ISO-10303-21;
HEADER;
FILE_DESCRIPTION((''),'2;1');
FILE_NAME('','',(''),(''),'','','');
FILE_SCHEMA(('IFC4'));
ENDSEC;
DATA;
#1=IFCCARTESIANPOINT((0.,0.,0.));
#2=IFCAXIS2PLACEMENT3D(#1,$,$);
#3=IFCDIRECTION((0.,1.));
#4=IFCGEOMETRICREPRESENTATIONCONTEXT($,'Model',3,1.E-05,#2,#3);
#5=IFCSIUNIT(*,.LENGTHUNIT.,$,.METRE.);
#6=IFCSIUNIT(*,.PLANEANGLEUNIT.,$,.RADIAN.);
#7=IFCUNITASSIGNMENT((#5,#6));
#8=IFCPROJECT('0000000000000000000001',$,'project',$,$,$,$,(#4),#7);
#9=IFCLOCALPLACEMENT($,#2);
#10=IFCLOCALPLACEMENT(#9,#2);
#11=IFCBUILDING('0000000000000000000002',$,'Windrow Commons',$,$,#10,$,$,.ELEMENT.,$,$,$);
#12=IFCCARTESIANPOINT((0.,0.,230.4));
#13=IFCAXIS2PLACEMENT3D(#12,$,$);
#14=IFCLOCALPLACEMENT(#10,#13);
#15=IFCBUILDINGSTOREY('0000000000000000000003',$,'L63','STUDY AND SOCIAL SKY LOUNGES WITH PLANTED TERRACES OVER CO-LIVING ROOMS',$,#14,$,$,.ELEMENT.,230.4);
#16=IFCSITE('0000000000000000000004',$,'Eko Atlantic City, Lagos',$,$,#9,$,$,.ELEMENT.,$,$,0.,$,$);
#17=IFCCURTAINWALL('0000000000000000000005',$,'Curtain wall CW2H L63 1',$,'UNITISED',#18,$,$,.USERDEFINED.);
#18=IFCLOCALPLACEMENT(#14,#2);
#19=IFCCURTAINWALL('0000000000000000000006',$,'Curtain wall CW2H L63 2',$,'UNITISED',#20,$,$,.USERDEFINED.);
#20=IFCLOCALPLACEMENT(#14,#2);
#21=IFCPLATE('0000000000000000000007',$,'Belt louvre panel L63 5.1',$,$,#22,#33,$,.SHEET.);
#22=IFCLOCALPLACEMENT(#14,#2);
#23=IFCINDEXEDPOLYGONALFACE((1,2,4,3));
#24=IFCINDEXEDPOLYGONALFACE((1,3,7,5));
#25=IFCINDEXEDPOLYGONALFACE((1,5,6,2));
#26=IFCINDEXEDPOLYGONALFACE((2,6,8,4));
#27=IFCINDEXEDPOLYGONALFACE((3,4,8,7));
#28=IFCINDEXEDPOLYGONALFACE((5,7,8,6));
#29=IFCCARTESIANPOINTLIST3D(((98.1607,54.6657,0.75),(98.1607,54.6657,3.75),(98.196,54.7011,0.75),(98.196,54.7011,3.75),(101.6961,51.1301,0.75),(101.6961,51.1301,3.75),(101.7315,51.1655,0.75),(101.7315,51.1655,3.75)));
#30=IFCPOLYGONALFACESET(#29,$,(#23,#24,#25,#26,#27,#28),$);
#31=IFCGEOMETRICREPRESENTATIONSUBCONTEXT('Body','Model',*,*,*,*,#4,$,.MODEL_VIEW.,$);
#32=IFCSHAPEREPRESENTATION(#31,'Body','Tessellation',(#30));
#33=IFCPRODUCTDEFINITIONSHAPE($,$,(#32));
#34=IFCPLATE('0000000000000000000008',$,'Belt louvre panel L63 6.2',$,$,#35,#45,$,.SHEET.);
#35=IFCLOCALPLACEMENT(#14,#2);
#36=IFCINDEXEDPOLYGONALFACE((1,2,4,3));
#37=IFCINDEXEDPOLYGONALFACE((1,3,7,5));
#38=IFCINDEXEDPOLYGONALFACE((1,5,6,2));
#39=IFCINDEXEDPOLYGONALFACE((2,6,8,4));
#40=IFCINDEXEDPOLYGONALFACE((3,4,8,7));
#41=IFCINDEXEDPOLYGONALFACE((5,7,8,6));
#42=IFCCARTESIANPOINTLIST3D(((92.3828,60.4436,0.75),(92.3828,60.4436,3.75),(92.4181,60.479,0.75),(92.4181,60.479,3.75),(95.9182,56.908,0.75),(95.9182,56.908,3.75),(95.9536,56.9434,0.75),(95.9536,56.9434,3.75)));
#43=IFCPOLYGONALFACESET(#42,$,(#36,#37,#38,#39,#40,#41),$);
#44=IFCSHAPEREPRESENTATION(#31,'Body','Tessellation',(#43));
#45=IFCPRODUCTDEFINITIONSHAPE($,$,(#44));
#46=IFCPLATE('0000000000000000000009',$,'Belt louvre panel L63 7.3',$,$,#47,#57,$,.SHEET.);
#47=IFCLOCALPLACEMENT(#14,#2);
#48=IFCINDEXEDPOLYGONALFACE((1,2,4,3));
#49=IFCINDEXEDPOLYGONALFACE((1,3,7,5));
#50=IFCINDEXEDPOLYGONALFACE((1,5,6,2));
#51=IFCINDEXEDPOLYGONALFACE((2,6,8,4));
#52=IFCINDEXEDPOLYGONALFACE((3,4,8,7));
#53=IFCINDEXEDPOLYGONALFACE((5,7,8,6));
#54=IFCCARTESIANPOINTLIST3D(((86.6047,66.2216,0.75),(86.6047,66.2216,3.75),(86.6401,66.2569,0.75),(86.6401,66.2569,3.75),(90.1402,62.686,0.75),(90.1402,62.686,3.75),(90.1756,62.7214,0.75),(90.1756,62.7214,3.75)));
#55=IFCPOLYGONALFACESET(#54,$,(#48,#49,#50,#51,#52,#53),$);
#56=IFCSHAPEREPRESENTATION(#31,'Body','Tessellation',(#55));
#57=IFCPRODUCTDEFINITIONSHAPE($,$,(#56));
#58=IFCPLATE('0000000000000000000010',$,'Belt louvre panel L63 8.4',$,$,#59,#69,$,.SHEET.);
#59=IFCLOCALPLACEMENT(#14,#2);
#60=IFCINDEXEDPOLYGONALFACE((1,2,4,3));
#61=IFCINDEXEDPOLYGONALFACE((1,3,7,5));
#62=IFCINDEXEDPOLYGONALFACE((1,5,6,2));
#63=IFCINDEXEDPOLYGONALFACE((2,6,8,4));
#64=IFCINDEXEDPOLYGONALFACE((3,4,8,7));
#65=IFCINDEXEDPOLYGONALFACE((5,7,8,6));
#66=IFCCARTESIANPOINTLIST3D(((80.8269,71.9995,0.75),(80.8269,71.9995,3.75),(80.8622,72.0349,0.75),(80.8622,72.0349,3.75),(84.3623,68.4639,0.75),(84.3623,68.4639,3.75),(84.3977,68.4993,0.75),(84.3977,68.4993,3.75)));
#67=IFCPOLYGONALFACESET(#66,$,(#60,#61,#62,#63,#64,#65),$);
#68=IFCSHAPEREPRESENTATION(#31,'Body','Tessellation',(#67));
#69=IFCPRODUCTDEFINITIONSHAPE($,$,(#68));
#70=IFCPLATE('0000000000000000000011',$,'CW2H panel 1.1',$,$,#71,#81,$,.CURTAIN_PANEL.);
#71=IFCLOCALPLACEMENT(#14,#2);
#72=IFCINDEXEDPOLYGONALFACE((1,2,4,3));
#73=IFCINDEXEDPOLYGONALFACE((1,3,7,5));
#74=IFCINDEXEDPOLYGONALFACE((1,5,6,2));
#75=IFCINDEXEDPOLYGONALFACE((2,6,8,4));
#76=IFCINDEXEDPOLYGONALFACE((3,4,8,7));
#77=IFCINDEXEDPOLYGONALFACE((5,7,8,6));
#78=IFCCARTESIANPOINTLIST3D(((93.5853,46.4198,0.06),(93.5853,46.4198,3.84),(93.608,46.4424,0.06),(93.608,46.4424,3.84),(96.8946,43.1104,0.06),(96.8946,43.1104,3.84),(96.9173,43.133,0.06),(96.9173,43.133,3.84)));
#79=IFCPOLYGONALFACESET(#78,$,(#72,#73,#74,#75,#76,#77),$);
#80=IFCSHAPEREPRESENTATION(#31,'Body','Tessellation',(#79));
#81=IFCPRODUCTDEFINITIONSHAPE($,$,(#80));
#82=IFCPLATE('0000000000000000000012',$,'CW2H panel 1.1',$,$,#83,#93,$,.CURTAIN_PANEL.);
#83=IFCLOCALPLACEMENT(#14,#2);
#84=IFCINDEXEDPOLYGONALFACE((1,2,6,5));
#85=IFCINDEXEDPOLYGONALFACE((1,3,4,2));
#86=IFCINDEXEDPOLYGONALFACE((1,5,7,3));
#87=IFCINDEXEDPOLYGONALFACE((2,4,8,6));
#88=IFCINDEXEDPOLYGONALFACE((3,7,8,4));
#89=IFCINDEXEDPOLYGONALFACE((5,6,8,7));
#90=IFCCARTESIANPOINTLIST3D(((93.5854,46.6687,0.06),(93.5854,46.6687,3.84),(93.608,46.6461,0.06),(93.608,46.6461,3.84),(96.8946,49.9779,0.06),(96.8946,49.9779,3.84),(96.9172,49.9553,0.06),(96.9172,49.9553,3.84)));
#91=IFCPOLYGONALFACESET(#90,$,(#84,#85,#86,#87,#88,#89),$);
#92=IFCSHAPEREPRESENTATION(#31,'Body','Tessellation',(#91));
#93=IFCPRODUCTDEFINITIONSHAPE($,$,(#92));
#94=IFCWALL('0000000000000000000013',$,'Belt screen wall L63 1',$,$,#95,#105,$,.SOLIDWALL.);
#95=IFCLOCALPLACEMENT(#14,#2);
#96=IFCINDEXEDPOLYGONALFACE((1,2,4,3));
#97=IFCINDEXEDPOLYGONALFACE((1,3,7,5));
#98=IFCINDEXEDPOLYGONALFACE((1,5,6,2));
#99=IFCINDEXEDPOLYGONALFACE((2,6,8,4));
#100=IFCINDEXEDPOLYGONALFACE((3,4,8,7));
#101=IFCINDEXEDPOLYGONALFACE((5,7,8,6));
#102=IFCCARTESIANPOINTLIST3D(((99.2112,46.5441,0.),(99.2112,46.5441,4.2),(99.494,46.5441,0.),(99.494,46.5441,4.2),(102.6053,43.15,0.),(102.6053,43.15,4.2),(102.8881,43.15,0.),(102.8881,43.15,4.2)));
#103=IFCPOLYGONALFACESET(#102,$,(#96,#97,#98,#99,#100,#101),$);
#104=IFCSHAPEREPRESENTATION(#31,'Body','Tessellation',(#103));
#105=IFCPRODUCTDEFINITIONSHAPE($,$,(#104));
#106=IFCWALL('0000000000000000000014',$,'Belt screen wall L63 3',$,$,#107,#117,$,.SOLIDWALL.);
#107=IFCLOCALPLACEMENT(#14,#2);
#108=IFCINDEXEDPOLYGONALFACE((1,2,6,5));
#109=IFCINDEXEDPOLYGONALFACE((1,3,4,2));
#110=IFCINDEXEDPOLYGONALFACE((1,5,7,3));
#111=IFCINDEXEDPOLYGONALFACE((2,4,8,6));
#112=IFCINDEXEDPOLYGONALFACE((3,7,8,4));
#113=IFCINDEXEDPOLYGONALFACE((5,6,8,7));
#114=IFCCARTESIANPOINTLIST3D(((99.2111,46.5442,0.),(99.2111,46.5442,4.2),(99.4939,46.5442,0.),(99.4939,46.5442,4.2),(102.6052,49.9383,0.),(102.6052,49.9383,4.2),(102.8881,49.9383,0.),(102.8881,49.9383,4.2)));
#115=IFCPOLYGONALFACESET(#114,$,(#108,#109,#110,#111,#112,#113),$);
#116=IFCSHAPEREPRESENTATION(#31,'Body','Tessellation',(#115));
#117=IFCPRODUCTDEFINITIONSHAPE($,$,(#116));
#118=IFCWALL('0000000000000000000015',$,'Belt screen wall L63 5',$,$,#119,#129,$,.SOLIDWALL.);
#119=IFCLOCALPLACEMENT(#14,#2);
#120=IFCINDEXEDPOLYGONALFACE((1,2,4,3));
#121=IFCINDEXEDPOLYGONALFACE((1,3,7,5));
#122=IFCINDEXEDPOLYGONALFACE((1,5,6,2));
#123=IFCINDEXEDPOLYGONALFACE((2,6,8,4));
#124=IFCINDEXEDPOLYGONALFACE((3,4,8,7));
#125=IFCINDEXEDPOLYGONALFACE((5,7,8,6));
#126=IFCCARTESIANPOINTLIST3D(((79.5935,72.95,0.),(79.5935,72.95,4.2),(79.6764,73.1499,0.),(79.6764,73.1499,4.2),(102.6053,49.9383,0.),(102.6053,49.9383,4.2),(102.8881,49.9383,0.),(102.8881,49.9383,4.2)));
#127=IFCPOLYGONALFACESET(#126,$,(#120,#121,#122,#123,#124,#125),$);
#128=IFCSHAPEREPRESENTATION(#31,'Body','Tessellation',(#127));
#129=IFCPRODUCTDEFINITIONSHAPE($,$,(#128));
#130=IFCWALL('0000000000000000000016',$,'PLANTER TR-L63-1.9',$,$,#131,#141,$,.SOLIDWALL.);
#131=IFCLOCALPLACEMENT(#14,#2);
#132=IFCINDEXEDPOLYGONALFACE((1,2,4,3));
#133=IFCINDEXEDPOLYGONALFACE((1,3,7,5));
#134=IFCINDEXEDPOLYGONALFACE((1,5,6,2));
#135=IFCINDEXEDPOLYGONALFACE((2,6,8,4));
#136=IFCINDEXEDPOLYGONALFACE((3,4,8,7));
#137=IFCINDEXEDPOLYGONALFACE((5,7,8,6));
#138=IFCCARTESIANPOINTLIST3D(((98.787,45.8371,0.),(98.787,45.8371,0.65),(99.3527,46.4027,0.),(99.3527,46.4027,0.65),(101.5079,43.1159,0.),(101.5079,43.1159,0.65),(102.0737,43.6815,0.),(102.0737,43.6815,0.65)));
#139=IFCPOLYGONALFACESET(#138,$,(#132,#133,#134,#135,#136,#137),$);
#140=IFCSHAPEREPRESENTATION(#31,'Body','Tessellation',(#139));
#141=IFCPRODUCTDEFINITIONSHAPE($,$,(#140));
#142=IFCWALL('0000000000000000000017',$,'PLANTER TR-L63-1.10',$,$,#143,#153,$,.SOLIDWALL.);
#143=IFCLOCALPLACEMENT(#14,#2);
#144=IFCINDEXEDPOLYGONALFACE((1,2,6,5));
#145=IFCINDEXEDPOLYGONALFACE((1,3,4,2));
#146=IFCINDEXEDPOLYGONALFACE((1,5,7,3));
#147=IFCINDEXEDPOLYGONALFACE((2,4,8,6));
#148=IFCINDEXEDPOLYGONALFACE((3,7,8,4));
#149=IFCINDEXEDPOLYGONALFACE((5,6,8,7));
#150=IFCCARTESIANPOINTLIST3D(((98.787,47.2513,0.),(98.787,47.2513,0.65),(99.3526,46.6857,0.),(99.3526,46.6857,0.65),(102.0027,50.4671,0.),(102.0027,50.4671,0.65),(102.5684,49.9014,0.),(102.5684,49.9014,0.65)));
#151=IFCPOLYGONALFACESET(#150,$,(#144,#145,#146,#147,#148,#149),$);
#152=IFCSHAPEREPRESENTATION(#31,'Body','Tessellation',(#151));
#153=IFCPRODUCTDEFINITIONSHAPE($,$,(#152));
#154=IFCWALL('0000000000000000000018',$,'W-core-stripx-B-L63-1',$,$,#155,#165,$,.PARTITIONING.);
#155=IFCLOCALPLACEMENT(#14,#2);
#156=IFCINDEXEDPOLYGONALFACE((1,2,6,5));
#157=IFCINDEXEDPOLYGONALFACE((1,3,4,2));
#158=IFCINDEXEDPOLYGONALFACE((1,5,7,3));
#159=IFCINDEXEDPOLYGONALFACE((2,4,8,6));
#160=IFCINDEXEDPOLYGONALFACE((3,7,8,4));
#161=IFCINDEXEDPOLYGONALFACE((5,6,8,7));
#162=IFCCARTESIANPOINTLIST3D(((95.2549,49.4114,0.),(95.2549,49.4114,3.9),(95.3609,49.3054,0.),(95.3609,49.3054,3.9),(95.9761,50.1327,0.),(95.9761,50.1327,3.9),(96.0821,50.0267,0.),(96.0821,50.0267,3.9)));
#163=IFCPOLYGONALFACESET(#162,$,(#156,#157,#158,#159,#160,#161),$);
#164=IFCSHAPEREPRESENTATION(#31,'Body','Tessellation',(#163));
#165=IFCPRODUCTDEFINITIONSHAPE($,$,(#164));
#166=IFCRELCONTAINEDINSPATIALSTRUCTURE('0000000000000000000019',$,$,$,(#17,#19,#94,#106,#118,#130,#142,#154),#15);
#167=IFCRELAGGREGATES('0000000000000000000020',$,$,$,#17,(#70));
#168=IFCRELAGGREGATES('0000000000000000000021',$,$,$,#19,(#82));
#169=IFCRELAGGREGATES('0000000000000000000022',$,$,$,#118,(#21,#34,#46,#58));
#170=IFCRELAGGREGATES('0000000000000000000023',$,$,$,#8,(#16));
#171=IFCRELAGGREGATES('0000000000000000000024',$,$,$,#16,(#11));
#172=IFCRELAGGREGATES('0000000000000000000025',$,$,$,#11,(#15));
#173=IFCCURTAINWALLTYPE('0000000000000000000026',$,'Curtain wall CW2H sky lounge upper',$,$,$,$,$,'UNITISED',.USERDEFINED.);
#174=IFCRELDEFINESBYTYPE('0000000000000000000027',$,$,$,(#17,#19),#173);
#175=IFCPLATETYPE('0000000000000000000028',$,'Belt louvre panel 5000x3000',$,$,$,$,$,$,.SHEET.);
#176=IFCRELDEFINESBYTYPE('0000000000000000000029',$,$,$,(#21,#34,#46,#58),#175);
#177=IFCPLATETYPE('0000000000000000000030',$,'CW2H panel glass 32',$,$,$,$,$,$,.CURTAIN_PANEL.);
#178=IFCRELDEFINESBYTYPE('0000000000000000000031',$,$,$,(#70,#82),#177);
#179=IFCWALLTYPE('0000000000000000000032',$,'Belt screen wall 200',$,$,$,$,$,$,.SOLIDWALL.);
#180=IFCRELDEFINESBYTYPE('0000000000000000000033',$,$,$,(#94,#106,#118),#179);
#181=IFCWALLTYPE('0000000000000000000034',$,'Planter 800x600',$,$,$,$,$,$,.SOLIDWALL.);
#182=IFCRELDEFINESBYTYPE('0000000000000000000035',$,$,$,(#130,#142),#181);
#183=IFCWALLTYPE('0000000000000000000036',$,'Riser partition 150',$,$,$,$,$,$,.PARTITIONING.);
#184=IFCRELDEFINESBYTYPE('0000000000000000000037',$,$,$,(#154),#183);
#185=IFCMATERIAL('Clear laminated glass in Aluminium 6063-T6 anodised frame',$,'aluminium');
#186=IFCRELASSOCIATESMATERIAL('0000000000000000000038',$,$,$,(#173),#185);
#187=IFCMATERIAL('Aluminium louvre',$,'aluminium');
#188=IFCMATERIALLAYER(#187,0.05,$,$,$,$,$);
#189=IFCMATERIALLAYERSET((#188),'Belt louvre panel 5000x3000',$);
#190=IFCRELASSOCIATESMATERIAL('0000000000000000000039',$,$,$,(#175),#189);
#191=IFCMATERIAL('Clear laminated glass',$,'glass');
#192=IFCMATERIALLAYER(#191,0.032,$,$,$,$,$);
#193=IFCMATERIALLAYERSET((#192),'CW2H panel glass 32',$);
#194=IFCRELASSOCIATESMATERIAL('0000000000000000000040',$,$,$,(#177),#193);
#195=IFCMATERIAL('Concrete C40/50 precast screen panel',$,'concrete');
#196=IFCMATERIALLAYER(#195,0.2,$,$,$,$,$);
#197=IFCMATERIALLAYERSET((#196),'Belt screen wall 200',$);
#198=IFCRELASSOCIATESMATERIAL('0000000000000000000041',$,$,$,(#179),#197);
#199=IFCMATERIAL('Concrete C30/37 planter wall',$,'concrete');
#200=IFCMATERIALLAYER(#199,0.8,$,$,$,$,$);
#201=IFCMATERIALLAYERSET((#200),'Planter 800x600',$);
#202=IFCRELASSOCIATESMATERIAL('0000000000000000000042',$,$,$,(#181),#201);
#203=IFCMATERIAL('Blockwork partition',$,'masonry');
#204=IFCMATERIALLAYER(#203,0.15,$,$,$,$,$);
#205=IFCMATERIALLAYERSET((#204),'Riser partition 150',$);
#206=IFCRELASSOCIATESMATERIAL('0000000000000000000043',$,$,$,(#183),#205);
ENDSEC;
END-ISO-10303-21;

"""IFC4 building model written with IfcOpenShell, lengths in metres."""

from ifc_helpers import new_model, si_unit, direction, frame, frame_2d, origin, origin_2d, place, context, subcontext, project, spatial, polyline, rectangle, outline, extrude, material, layer, layer_set, type_object, element, aggregate, save


model = new_model("IFC4")

# Units and contexts
model_context = context("Model", 3, precision=1e-05, world=origin(), true_north=direction((0.0, 1.0)))
body_context = subcontext(model_context, "Body", "Model", "MODEL_VIEW")
ifc_project = project(units=[si_unit("LENGTHUNIT", "METRE"), si_unit("PLANEANGLEUNIT", "RADIAN")], contexts=[model_context])

# Site, building, storey
site_placement = place(None, origin())
site = spatial("IfcSite", under=ifc_project, at=site_placement, Name="Eko Atlantic City, Lagos", CompositionType="ELEMENT", RefElevation=0.0)
building_placement = place(site_placement, origin())
building = spatial("IfcBuilding", under=site, at=building_placement, Name="Windrow Commons", CompositionType="ELEMENT")
storey_placement = place(building_placement, frame((0.0, 0.0, 230.4)))
storey = spatial("IfcBuildingStorey", under=building, at=storey_placement, Name="L63", Description="STUDY AND SOCIAL SKY LOUNGES WITH PLANTED TERRACES OVER CO-LIVING ROOMS", CompositionType="ELEMENT", Elevation=230.4)

# Curtain wall
ifc_material_1 = material(Name="Clear laminated glass in Aluminium 6063-T6 anodised frame", Category="aluminium")
curtain_wall_type = type_object("IfcCurtainWallType", Name="Curtain wall CW2H sky lounge upper", ElementType="UNITISED", PredefinedType="USERDEFINED", material=ifc_material_1)
placement = place(storey_placement, origin())
curtain_wall_1 = element("IfcCurtainWall", 1, at=placement, inside=storey, type_object=curtain_wall_type, Name="Curtain wall CW2H L63 1", ObjectType="UNITISED", PredefinedType="USERDEFINED")

# Curtain wall
curtain_wall_2 = element("IfcCurtainWall", 2, at=placement, inside=storey, type_object=curtain_wall_type, Name="Curtain wall CW2H L63 2", ObjectType="UNITISED", PredefinedType="USERDEFINED")

# Plates
ifc_material_2 = material(Name="Aluminium louvre", Category="aluminium")
ifc_layer_1 = layer(ifc_material_2, 0.05)
ifc_layer_set_1 = layer_set([ifc_layer_1], Name="Belt louvre panel 5000x3000")
plate_type_1 = type_object("IfcPlateType", Name="Belt louvre panel 5000x3000", PredefinedType="SHEET", material=ifc_layer_set_1)
plate_1_placement = place(storey_placement, frame((101.7315, 51.1655, 0.75), z_axis=(0.707117, 0.707097, 0.0), x_axis=(-0.707097, 0.707117, 0.0)))
plate_1 = element("IfcPlate", 3, at=plate_1_placement, type_object=plate_type_1, Name="Belt louvre panel L63 5.1", PredefinedType="SHEET", context=body_context, shape_type="SweptSolid", body=[
    extrude(outline(polyline([(0.0, 0.0), (5.0, 0.0), (5.0, 3.0), (0.0, 3.0), (0.0, 0.0)])), origin(), (0.0, 0.0, -1.0), 0.05),
])
plate_2_placement = place(storey_placement, frame((95.9536, 56.9434, 0.75), z_axis=(0.707117, 0.707097, 0.0), x_axis=(-0.707097, 0.707117, 0.0)))
plate_2 = element("IfcPlate", 4, at=plate_2_placement, type_object=plate_type_1, Name="Belt louvre panel L63 6.2", PredefinedType="SHEET", context=body_context, shape_type="SweptSolid", body=[
    extrude(outline(polyline([(0.0, 0.0), (5.0, 0.0), (5.0, 3.0), (0.0, 3.0), (0.0, 0.0)])), origin(), (0.0, 0.0, -1.0), 0.05),
])
plate_3_placement = place(storey_placement, frame((90.1756, 62.7214, 0.75), z_axis=(0.707107, 0.707107, 0.0), x_axis=(-0.707107, 0.707107, 0.0)))
plate_3 = element("IfcPlate", 5, at=plate_3_placement, type_object=plate_type_1, Name="Belt louvre panel L63 7.3", PredefinedType="SHEET", context=body_context, shape_type="SweptSolid", body=[
    extrude(outline(polyline([(0.0, 0.0), (5.0, 0.0), (5.0, 3.0), (0.0, 3.0), (0.0, 0.0)])), origin(), (0.0, 0.0, -1.0), 0.05),
])
plate_4_placement = place(storey_placement, frame((84.3977, 68.4993, 0.75), z_axis=(0.707117, 0.707097, 0.0), x_axis=(-0.707097, 0.707117, 0.0)))
plate_4 = element("IfcPlate", 6, at=plate_4_placement, type_object=plate_type_1, Name="Belt louvre panel L63 8.4", PredefinedType="SHEET", context=body_context, shape_type="SweptSolid", body=[
    extrude(outline(polyline([(0.0, 0.0), (5.0, 0.0), (5.0, 3.0), (0.0, 3.0), (0.0, 0.0)])), origin(), (0.0, 0.0, -1.0), 0.05),
])
ifc_material_3 = material(Name="Clear laminated glass", Category="glass")
ifc_layer_2 = layer(ifc_material_3, 0.032)
ifc_layer_set_2 = layer_set([ifc_layer_2], Name="CW2H panel glass 32")
plate_type_2 = type_object("IfcPlateType", Name="CW2H panel glass 32", PredefinedType="CURTAIN_PANEL", material=ifc_layer_set_2)
plate_5_placement = place(storey_placement, frame((95.2513, 44.7764, 0.06), z_axis=(0.0, 0.0, 1.0), x_axis=(-0.707096, 0.707117, 0.0)))
plate_5 = element("IfcPlate", 7, at=plate_5_placement, type_object=plate_type_2, Name="CW2H panel 1.1", PredefinedType="CURTAIN_PANEL", context=body_context, shape_type="SweptSolid", body=[
    extrude(rectangle(XDim=4.6801, YDim=0.032, at=origin_2d()), origin(), (0.0, 0.0, 1.0), 3.78),
])
aggregate(curtain_wall_1, [plate_5])
plate_6_placement = place(storey_placement, frame((95.2513, 48.312, 0.06), z_axis=(0.0, 0.0, 1.0), x_axis=(0.707107, 0.707107, 0.0)))
plate_6 = element("IfcPlate", 8, at=plate_6_placement, type_object=plate_type_2, Name="CW2H panel 1.1", PredefinedType="CURTAIN_PANEL", context=body_context, shape_type="SweptSolid", body=[
    extrude(rectangle(XDim=4.68, YDim=0.032, at=origin_2d()), origin(), (0.0, 0.0, 1.0), 3.78),
])
aggregate(curtain_wall_2, [plate_6])

# Walls
ifc_material_4 = material(Name="Concrete C40/50 precast screen panel", Category="concrete")
ifc_layer_3 = layer(ifc_material_4, 0.2)
ifc_layer_set_3 = layer_set([ifc_layer_3], Name="Belt screen wall 200")
wall_type_1 = type_object("IfcWallType", Name="Belt screen wall 200", PredefinedType="SOLIDWALL", material=ifc_layer_set_3)
wall_1_placement = place(storey_placement, frame((102.7467, 43.15, 0.0), z_axis=(0.0, 0.0, 1.0), x_axis=(-0.707107, 0.707107, 0.0)))
element("IfcWall", 9, at=wall_1_placement, inside=storey, type_object=wall_type_1, Name="Belt screen wall L63 1", PredefinedType="SOLIDWALL", context=body_context, shape_type="SweptSolid", body=[
    extrude(outline(polyline([(-0.1, -0.1), (4.7, -0.1), (4.9, 0.1), (0.1, 0.1), (-0.1, -0.1)])), origin(), (0.0, 0.0, 1.0), 4.2),
])
wall_2_placement = place(storey_placement, frame((99.3525, 46.5442, 0.0), z_axis=(0.0, 0.0, 1.0), x_axis=(0.707117, 0.707096, 0.0)))
element("IfcWall", 10, at=wall_2_placement, inside=storey, type_object=wall_type_1, Name="Belt screen wall L63 3", PredefinedType="SOLIDWALL", context=body_context, shape_type="SweptSolid", body=[
    extrude(outline(polyline([(0.1, -0.1), (4.9, -0.1), (4.7, 0.1), (-0.1, 0.1), (0.1, -0.1)])), origin(), (0.0, 0.0, 1.0), 4.2),
])

# Wall
wall_3_placement = place(storey_placement, frame((102.7467, 49.9383, 0.0), z_axis=(0.0, 0.0, 1.0), x_axis=(-0.707108, 0.707105, 0.0)))
wall_3 = element("IfcWall", 11, at=wall_3_placement, inside=storey, type_object=wall_type_1, Name="Belt screen wall L63 5", PredefinedType="SOLIDWALL", context=body_context, shape_type="SweptSolid", body=[
    extrude(outline(polyline([(-0.1, -0.1), (32.7263, -0.1), (32.6435, 0.1), (0.1, 0.1), (-0.1, -0.1)])), origin(), (0.0, 0.0, 1.0), 4.2),
])
aggregate(wall_3, [plate_1, plate_2, plate_3, plate_4])

# Walls
ifc_material_5 = material(Name="Concrete C30/37 planter wall", Category="concrete")
ifc_layer_4 = layer(ifc_material_5, 0.8)
ifc_layer_set_4 = layer_set([ifc_layer_4], Name="Planter 800x600")
wall_type_2 = type_object("IfcWallType", Name="Planter 800x600", PredefinedType="SOLIDWALL", material=ifc_layer_set_4)
wall_4_placement = place(storey_placement, frame((101.7908, 43.3987, 0.0), z_axis=(0.0, 0.0, 1.0), x_axis=(-0.707081, 0.707133, 0.0)))
element("IfcWall", 12, at=wall_4_placement, inside=storey, type_object=wall_type_2, Name="PLANTER TR-L63-1.9", PredefinedType="SOLIDWALL", context=body_context, shape_type="SweptSolid", body=[
    extrude(rectangle(XDim=3.8482, YDim=0.8, at=frame_2d((1.9241, 0.0))), origin(), (0.0, 0.0, 1.0), 0.65),
])
wall_5_placement = place(storey_placement, frame((99.0698, 46.9685, 0.0), z_axis=(0.0, 0.0, 1.0), x_axis=(0.707107, 0.707107, 0.0)))
element("IfcWall", 13, at=wall_5_placement, inside=storey, type_object=wall_type_2, Name="PLANTER TR-L63-1.10", PredefinedType="SOLIDWALL", context=body_context, shape_type="SweptSolid", body=[
    extrude(rectangle(XDim=4.5478, YDim=0.8, at=frame_2d((2.2739, 0.0))), origin(), (0.0, 0.0, 1.0), 0.65),
])
ifc_material_6 = material(Name="Blockwork partition", Category="masonry")
ifc_layer_5 = layer(ifc_material_6, 0.15)
ifc_layer_set_5 = layer_set([ifc_layer_5], Name="Riser partition 150")
wall_type_3 = type_object("IfcWallType", Name="Riser partition 150", PredefinedType="PARTITIONING", material=ifc_layer_set_5)
wall_6_placement = place(storey_placement, frame((95.3079, 49.3584, 0.0), z_axis=(0.0, 0.0, 1.0), x_axis=(0.707058, 0.707156, 0.0)))
element("IfcWall", 14, at=wall_6_placement, inside=storey, type_object=wall_type_3, Name="W-core-stripx-B-L63-1", PredefinedType="PARTITIONING", context=body_context, shape_type="SweptSolid", body=[
    extrude(rectangle(XDim=1.02, YDim=0.15, at=frame_2d((0.51, 0.0))), origin(), (0.0, 0.0, 1.0), 3.9),
])

save(model, "model.ifc")
